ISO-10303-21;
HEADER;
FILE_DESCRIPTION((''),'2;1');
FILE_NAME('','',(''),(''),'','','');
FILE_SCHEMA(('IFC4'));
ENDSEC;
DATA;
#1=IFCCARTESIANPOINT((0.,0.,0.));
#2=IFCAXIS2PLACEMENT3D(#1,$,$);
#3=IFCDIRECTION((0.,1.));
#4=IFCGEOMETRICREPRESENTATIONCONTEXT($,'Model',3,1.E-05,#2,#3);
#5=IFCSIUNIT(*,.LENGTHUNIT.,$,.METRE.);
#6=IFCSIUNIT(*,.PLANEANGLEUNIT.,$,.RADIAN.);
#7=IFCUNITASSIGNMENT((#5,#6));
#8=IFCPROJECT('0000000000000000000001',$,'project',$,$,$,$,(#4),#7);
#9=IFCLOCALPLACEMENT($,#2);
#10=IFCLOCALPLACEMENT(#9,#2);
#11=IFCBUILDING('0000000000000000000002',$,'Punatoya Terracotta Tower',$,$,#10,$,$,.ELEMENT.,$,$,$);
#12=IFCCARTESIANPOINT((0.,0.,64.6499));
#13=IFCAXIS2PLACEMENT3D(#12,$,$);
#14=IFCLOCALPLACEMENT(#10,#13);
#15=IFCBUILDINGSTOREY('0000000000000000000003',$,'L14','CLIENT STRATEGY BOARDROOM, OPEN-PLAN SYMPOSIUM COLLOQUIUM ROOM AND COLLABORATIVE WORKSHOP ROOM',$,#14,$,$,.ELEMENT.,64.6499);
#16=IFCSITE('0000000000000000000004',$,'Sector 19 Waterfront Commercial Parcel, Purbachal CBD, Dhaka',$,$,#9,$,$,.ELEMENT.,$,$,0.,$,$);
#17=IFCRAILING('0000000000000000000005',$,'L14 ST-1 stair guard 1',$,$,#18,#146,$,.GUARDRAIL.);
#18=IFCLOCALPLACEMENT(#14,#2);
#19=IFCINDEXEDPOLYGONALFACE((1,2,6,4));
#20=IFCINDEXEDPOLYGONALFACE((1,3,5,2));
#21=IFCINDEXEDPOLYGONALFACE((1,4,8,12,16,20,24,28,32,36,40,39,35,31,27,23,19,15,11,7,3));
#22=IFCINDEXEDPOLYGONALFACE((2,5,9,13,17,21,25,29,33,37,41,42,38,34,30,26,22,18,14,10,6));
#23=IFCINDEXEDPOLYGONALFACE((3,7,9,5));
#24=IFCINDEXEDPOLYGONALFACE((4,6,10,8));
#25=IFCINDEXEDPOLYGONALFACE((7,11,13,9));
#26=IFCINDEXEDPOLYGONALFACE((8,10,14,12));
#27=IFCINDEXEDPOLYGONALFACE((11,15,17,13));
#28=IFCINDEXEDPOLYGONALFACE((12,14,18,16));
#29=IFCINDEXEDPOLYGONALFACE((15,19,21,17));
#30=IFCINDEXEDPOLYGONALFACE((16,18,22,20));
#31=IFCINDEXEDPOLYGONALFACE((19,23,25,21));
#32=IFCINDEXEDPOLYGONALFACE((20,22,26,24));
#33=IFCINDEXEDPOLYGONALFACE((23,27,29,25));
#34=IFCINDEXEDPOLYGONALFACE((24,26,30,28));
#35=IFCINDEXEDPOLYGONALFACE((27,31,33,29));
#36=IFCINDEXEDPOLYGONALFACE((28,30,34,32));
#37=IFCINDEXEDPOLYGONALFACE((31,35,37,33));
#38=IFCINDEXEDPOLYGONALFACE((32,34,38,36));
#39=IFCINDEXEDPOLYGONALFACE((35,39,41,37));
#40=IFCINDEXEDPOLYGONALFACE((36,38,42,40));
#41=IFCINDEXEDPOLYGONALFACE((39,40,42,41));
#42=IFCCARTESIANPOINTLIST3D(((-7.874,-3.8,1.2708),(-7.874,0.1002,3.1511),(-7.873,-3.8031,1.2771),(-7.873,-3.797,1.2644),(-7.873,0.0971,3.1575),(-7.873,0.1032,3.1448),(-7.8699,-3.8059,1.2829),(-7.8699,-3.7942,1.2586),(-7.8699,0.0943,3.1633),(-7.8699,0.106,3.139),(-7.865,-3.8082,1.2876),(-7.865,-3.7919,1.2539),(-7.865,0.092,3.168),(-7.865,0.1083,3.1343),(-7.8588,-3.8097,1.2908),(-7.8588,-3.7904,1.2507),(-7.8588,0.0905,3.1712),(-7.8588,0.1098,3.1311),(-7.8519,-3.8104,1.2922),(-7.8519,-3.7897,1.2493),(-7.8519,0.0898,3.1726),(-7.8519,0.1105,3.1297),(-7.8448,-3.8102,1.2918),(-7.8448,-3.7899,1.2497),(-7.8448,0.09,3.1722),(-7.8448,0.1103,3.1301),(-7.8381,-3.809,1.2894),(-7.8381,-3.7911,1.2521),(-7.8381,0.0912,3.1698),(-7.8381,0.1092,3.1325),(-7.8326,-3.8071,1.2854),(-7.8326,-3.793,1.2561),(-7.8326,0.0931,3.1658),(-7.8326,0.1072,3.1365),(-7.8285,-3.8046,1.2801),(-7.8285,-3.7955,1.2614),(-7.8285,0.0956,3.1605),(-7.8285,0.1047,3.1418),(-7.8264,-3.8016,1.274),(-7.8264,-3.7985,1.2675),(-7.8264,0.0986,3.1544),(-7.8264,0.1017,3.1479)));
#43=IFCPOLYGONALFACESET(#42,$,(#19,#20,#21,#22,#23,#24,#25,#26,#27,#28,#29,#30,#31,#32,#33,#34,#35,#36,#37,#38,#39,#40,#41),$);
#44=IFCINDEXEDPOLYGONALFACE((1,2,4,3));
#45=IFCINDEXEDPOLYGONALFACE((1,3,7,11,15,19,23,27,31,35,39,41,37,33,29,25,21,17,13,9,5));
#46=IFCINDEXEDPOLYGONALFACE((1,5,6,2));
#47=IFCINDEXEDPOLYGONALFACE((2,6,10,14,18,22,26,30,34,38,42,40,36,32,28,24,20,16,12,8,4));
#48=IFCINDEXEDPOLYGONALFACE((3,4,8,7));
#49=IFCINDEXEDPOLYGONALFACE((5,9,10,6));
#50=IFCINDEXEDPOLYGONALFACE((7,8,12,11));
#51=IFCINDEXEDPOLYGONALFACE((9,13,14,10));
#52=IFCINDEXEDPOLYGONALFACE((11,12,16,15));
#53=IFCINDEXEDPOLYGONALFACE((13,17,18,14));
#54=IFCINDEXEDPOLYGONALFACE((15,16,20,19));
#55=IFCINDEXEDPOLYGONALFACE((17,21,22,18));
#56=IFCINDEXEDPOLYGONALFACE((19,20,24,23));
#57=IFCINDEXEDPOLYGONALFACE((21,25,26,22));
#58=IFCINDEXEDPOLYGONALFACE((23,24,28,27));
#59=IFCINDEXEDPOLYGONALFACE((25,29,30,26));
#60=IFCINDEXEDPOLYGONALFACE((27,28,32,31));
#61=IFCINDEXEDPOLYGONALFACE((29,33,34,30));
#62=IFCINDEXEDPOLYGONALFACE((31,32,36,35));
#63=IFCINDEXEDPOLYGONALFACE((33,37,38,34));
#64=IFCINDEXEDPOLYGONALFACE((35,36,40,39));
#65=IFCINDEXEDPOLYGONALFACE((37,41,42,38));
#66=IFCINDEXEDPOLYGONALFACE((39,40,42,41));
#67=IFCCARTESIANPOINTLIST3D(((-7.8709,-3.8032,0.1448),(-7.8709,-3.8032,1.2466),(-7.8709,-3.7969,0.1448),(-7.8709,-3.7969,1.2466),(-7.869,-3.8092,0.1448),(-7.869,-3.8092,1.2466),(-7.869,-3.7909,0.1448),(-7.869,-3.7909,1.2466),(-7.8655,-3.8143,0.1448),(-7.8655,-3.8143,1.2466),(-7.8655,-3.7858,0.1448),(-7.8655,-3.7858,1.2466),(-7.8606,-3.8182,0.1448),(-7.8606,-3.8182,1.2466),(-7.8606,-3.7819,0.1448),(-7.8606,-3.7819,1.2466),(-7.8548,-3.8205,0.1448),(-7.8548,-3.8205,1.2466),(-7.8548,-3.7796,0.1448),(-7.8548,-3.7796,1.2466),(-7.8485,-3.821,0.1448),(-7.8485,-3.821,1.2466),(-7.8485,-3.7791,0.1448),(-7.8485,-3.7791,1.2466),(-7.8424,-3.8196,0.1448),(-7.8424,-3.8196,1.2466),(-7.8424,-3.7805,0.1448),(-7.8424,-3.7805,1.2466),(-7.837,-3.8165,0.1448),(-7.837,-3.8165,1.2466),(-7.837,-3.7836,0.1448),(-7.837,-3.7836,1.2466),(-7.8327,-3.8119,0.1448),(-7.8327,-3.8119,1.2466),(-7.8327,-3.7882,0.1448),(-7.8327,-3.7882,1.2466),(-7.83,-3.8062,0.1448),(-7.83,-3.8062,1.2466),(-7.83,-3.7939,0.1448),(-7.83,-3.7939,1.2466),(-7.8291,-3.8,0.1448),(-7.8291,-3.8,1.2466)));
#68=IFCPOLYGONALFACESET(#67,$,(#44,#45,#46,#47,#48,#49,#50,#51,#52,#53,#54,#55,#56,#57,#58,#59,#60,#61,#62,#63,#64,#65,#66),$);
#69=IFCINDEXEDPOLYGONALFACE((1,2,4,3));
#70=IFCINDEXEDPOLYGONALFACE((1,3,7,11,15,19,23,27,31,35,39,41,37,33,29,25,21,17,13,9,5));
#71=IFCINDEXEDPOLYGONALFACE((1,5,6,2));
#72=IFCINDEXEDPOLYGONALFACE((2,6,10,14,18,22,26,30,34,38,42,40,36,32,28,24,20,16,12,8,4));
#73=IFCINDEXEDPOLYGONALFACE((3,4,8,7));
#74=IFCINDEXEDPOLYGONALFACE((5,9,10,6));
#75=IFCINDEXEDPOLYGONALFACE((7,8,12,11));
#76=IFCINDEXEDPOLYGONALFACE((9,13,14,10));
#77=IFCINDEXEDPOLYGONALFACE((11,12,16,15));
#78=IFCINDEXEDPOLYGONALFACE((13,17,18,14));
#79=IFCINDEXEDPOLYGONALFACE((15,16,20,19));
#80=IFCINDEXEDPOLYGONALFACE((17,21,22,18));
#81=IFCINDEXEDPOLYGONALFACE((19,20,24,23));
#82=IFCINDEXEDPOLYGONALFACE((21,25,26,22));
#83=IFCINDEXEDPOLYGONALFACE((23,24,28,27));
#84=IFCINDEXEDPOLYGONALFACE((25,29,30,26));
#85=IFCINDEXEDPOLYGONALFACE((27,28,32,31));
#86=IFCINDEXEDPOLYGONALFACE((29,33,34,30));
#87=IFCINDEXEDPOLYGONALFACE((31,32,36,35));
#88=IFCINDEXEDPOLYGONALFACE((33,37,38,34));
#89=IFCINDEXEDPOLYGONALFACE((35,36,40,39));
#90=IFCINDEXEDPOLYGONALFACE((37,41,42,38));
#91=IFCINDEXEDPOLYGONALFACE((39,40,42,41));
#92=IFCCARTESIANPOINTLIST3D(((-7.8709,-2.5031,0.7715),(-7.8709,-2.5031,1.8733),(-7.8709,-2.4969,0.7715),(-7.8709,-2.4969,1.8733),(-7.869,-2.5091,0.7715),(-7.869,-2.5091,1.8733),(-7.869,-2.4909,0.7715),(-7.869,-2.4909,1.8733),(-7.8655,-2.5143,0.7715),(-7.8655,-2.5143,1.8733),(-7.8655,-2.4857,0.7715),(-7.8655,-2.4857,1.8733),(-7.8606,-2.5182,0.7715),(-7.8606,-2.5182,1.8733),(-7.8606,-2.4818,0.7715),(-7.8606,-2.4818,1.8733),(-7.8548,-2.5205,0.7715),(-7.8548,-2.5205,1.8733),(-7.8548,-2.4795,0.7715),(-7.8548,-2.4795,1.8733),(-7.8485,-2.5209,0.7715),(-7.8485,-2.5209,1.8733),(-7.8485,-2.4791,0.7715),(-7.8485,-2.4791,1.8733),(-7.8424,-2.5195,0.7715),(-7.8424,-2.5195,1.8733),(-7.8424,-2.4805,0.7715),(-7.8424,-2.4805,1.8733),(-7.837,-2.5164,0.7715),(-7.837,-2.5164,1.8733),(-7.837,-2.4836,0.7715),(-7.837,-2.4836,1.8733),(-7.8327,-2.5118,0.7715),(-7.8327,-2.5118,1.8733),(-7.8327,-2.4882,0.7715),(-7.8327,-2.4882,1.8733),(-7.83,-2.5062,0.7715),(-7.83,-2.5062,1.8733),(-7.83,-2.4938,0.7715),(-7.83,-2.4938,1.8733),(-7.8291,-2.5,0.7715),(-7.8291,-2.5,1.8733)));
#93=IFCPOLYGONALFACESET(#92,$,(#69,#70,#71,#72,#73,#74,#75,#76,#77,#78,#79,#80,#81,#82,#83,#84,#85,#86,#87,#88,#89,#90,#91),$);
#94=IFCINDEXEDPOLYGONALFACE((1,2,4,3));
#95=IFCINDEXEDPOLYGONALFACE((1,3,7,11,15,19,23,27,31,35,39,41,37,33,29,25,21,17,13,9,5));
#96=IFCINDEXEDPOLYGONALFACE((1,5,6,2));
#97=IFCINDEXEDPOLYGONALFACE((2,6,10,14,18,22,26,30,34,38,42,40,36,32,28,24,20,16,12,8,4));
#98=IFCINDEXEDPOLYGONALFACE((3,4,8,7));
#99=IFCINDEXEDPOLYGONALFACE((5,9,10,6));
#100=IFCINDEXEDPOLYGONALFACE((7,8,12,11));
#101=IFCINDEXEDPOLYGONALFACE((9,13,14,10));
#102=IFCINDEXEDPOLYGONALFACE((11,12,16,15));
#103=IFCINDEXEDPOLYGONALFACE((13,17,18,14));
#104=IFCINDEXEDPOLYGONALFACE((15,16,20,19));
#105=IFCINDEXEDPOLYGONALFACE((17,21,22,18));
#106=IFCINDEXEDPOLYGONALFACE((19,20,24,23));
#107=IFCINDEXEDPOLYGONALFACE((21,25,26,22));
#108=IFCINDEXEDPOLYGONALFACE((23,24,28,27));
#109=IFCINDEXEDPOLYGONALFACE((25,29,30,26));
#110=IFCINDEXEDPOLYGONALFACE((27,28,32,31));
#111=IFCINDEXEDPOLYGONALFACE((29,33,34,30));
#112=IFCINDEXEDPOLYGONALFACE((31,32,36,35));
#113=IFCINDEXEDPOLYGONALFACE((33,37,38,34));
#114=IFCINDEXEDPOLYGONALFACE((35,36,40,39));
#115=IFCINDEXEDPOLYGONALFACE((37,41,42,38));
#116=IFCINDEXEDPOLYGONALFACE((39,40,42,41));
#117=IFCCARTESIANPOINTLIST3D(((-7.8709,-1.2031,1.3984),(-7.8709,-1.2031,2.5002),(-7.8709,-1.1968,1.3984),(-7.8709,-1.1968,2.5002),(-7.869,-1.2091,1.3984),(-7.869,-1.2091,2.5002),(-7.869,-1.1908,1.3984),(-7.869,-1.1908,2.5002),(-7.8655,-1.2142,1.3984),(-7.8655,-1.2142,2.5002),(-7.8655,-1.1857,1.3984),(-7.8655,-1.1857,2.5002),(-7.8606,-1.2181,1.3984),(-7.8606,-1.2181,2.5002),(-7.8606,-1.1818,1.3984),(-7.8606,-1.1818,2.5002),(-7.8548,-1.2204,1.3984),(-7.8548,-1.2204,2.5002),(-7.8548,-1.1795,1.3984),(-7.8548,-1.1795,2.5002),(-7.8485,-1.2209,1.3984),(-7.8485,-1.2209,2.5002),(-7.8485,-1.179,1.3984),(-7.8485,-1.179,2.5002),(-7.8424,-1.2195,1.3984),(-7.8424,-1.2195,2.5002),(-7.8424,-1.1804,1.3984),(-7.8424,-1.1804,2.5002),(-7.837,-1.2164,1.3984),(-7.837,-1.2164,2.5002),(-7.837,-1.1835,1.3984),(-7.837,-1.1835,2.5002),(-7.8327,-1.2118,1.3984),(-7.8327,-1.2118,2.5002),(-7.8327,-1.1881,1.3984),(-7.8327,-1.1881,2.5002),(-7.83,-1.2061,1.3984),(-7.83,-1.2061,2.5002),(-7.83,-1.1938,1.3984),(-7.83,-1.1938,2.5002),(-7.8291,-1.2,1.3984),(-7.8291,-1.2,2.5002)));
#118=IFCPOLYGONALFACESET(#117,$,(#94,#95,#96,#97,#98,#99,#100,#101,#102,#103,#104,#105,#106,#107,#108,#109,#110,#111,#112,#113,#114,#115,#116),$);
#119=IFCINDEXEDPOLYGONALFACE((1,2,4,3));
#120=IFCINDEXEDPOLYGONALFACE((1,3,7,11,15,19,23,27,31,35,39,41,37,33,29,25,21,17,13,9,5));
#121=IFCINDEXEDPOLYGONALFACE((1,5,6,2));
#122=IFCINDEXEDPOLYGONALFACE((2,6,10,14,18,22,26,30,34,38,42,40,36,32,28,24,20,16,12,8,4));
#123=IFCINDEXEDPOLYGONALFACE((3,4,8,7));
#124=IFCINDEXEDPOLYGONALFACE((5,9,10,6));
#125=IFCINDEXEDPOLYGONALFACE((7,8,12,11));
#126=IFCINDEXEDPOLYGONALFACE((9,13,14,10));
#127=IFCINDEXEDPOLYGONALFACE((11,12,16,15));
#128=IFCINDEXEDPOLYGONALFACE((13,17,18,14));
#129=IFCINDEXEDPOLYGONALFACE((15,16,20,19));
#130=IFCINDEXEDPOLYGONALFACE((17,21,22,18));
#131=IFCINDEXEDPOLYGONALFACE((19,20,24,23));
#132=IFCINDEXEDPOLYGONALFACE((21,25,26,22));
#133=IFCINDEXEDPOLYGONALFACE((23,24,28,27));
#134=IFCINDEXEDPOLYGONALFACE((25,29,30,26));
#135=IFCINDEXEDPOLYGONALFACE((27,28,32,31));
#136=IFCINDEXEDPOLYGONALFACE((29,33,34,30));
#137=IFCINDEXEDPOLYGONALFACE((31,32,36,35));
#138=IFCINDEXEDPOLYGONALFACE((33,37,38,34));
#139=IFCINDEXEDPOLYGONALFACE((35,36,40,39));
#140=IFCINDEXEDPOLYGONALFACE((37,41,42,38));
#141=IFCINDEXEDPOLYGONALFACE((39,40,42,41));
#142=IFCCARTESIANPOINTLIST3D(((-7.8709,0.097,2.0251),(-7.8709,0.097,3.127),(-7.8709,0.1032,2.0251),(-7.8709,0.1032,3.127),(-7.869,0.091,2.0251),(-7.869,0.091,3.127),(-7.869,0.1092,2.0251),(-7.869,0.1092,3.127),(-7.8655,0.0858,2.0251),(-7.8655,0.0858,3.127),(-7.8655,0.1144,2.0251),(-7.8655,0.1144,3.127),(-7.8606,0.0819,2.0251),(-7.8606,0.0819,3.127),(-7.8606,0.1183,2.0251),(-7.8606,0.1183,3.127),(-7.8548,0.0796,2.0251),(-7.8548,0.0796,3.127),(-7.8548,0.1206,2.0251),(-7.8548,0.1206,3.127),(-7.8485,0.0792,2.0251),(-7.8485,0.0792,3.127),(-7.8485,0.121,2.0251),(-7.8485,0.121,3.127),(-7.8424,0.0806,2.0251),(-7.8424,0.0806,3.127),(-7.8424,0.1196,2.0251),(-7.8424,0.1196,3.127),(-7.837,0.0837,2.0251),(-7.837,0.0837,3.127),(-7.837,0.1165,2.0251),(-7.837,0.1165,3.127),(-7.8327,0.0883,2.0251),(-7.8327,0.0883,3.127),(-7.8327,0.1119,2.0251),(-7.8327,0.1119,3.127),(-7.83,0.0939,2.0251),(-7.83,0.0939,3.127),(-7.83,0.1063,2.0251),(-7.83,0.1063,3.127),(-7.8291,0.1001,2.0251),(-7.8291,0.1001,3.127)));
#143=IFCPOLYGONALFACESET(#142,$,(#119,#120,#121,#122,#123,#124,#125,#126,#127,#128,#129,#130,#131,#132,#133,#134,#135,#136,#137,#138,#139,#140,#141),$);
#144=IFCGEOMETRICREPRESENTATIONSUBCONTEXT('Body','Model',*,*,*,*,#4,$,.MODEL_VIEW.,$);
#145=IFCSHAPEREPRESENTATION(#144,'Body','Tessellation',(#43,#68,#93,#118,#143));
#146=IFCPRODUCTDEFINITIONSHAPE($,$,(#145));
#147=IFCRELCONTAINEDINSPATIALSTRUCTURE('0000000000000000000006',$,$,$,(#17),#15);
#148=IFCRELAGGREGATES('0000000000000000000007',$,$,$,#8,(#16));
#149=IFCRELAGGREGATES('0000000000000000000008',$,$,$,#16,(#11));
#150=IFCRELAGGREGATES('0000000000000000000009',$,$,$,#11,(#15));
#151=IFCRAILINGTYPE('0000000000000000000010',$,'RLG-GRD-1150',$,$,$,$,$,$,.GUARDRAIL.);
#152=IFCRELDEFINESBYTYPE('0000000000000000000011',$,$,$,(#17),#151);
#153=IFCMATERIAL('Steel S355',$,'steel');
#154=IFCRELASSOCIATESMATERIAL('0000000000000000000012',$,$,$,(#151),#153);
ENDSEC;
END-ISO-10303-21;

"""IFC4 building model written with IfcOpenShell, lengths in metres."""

from ifc_helpers import new_model, si_unit, direction, frame, origin, origin_2d, place, context, subcontext, project, spatial, circle, extrude, material, type_object, element, save


model = new_model("IFC4")

# Units and contexts
model_context = context("Model", 3, precision=1e-05, world=origin(), true_north=direction((0.0, 1.0)))
body_context = subcontext(model_context, "Body", "Model", "MODEL_VIEW")
ifc_project = project(units=[si_unit("LENGTHUNIT", "METRE"), si_unit("PLANEANGLEUNIT", "RADIAN")], contexts=[model_context])

# Site, building, storey
site_placement = place(None, origin())
site = spatial("IfcSite", under=ifc_project, at=site_placement, Name="Sector 19 Waterfront Commercial Parcel, Purbachal CBD, Dhaka", CompositionType="ELEMENT", RefElevation=0.0)
building_placement = place(site_placement, origin())
building = spatial("IfcBuilding", under=site, at=building_placement, Name="Punatoya Terracotta Tower", CompositionType="ELEMENT")
storey_placement = place(building_placement, frame((0.0, 0.0, 64.6499)))
storey = spatial("IfcBuildingStorey", under=building, at=storey_placement, Name="L14", Description="CLIENT STRATEGY BOARDROOM, OPEN-PLAN SYMPOSIUM COLLOQUIUM ROOM AND COLLABORATIVE WORKSHOP ROOM", CompositionType="ELEMENT", Elevation=64.6499)

# Railing
ifc_material_1 = material(Name="Steel S355", Category="steel")
railing_type_1 = type_object("IfcRailingType", Name="RLG-GRD-1150", PredefinedType="GUARDRAIL", material=ifc_material_1)
railing_1_placement = place(storey_placement, frame((-7.8501, -3.8, 0.1448)))
element("IfcRailing", 1, at=railing_1_placement, inside=storey, type_object=railing_type_1, Name="L14 ST-1 stair guard 1", PredefinedType="GUARDRAIL", context=body_context, shape_type="SweptSolid", body=[
    extrude(circle(Radius=0.0239, at=origin_2d()), frame((0.0, 0.0, 1.126), z_axis=(0.0, 0.900774, 0.434289), x_axis=(-1.0, 0.0, 0.0)), (0.0, 0.0, 1.0), 4.3298),
    extrude(circle(Radius=0.021, at=origin_2d()), origin(), (0.0, 0.0, 1.0), 1.1018),
    extrude(circle(Radius=0.021, at=origin_2d()), frame((0.0, 1.3, 0.6267)), (0.0, 0.0, 1.0), 1.1018),
    extrude(circle(Radius=0.021, at=origin_2d()), frame((0.0, 2.6001, 1.2537)), (0.0, 0.0, 1.0), 1.1018),
    extrude(circle(Radius=0.021, at=origin_2d()), frame((0.0, 3.9001, 1.8804)), (0.0, 0.0, 1.0), 1.1018),
])

save(model, "model.ifc")
